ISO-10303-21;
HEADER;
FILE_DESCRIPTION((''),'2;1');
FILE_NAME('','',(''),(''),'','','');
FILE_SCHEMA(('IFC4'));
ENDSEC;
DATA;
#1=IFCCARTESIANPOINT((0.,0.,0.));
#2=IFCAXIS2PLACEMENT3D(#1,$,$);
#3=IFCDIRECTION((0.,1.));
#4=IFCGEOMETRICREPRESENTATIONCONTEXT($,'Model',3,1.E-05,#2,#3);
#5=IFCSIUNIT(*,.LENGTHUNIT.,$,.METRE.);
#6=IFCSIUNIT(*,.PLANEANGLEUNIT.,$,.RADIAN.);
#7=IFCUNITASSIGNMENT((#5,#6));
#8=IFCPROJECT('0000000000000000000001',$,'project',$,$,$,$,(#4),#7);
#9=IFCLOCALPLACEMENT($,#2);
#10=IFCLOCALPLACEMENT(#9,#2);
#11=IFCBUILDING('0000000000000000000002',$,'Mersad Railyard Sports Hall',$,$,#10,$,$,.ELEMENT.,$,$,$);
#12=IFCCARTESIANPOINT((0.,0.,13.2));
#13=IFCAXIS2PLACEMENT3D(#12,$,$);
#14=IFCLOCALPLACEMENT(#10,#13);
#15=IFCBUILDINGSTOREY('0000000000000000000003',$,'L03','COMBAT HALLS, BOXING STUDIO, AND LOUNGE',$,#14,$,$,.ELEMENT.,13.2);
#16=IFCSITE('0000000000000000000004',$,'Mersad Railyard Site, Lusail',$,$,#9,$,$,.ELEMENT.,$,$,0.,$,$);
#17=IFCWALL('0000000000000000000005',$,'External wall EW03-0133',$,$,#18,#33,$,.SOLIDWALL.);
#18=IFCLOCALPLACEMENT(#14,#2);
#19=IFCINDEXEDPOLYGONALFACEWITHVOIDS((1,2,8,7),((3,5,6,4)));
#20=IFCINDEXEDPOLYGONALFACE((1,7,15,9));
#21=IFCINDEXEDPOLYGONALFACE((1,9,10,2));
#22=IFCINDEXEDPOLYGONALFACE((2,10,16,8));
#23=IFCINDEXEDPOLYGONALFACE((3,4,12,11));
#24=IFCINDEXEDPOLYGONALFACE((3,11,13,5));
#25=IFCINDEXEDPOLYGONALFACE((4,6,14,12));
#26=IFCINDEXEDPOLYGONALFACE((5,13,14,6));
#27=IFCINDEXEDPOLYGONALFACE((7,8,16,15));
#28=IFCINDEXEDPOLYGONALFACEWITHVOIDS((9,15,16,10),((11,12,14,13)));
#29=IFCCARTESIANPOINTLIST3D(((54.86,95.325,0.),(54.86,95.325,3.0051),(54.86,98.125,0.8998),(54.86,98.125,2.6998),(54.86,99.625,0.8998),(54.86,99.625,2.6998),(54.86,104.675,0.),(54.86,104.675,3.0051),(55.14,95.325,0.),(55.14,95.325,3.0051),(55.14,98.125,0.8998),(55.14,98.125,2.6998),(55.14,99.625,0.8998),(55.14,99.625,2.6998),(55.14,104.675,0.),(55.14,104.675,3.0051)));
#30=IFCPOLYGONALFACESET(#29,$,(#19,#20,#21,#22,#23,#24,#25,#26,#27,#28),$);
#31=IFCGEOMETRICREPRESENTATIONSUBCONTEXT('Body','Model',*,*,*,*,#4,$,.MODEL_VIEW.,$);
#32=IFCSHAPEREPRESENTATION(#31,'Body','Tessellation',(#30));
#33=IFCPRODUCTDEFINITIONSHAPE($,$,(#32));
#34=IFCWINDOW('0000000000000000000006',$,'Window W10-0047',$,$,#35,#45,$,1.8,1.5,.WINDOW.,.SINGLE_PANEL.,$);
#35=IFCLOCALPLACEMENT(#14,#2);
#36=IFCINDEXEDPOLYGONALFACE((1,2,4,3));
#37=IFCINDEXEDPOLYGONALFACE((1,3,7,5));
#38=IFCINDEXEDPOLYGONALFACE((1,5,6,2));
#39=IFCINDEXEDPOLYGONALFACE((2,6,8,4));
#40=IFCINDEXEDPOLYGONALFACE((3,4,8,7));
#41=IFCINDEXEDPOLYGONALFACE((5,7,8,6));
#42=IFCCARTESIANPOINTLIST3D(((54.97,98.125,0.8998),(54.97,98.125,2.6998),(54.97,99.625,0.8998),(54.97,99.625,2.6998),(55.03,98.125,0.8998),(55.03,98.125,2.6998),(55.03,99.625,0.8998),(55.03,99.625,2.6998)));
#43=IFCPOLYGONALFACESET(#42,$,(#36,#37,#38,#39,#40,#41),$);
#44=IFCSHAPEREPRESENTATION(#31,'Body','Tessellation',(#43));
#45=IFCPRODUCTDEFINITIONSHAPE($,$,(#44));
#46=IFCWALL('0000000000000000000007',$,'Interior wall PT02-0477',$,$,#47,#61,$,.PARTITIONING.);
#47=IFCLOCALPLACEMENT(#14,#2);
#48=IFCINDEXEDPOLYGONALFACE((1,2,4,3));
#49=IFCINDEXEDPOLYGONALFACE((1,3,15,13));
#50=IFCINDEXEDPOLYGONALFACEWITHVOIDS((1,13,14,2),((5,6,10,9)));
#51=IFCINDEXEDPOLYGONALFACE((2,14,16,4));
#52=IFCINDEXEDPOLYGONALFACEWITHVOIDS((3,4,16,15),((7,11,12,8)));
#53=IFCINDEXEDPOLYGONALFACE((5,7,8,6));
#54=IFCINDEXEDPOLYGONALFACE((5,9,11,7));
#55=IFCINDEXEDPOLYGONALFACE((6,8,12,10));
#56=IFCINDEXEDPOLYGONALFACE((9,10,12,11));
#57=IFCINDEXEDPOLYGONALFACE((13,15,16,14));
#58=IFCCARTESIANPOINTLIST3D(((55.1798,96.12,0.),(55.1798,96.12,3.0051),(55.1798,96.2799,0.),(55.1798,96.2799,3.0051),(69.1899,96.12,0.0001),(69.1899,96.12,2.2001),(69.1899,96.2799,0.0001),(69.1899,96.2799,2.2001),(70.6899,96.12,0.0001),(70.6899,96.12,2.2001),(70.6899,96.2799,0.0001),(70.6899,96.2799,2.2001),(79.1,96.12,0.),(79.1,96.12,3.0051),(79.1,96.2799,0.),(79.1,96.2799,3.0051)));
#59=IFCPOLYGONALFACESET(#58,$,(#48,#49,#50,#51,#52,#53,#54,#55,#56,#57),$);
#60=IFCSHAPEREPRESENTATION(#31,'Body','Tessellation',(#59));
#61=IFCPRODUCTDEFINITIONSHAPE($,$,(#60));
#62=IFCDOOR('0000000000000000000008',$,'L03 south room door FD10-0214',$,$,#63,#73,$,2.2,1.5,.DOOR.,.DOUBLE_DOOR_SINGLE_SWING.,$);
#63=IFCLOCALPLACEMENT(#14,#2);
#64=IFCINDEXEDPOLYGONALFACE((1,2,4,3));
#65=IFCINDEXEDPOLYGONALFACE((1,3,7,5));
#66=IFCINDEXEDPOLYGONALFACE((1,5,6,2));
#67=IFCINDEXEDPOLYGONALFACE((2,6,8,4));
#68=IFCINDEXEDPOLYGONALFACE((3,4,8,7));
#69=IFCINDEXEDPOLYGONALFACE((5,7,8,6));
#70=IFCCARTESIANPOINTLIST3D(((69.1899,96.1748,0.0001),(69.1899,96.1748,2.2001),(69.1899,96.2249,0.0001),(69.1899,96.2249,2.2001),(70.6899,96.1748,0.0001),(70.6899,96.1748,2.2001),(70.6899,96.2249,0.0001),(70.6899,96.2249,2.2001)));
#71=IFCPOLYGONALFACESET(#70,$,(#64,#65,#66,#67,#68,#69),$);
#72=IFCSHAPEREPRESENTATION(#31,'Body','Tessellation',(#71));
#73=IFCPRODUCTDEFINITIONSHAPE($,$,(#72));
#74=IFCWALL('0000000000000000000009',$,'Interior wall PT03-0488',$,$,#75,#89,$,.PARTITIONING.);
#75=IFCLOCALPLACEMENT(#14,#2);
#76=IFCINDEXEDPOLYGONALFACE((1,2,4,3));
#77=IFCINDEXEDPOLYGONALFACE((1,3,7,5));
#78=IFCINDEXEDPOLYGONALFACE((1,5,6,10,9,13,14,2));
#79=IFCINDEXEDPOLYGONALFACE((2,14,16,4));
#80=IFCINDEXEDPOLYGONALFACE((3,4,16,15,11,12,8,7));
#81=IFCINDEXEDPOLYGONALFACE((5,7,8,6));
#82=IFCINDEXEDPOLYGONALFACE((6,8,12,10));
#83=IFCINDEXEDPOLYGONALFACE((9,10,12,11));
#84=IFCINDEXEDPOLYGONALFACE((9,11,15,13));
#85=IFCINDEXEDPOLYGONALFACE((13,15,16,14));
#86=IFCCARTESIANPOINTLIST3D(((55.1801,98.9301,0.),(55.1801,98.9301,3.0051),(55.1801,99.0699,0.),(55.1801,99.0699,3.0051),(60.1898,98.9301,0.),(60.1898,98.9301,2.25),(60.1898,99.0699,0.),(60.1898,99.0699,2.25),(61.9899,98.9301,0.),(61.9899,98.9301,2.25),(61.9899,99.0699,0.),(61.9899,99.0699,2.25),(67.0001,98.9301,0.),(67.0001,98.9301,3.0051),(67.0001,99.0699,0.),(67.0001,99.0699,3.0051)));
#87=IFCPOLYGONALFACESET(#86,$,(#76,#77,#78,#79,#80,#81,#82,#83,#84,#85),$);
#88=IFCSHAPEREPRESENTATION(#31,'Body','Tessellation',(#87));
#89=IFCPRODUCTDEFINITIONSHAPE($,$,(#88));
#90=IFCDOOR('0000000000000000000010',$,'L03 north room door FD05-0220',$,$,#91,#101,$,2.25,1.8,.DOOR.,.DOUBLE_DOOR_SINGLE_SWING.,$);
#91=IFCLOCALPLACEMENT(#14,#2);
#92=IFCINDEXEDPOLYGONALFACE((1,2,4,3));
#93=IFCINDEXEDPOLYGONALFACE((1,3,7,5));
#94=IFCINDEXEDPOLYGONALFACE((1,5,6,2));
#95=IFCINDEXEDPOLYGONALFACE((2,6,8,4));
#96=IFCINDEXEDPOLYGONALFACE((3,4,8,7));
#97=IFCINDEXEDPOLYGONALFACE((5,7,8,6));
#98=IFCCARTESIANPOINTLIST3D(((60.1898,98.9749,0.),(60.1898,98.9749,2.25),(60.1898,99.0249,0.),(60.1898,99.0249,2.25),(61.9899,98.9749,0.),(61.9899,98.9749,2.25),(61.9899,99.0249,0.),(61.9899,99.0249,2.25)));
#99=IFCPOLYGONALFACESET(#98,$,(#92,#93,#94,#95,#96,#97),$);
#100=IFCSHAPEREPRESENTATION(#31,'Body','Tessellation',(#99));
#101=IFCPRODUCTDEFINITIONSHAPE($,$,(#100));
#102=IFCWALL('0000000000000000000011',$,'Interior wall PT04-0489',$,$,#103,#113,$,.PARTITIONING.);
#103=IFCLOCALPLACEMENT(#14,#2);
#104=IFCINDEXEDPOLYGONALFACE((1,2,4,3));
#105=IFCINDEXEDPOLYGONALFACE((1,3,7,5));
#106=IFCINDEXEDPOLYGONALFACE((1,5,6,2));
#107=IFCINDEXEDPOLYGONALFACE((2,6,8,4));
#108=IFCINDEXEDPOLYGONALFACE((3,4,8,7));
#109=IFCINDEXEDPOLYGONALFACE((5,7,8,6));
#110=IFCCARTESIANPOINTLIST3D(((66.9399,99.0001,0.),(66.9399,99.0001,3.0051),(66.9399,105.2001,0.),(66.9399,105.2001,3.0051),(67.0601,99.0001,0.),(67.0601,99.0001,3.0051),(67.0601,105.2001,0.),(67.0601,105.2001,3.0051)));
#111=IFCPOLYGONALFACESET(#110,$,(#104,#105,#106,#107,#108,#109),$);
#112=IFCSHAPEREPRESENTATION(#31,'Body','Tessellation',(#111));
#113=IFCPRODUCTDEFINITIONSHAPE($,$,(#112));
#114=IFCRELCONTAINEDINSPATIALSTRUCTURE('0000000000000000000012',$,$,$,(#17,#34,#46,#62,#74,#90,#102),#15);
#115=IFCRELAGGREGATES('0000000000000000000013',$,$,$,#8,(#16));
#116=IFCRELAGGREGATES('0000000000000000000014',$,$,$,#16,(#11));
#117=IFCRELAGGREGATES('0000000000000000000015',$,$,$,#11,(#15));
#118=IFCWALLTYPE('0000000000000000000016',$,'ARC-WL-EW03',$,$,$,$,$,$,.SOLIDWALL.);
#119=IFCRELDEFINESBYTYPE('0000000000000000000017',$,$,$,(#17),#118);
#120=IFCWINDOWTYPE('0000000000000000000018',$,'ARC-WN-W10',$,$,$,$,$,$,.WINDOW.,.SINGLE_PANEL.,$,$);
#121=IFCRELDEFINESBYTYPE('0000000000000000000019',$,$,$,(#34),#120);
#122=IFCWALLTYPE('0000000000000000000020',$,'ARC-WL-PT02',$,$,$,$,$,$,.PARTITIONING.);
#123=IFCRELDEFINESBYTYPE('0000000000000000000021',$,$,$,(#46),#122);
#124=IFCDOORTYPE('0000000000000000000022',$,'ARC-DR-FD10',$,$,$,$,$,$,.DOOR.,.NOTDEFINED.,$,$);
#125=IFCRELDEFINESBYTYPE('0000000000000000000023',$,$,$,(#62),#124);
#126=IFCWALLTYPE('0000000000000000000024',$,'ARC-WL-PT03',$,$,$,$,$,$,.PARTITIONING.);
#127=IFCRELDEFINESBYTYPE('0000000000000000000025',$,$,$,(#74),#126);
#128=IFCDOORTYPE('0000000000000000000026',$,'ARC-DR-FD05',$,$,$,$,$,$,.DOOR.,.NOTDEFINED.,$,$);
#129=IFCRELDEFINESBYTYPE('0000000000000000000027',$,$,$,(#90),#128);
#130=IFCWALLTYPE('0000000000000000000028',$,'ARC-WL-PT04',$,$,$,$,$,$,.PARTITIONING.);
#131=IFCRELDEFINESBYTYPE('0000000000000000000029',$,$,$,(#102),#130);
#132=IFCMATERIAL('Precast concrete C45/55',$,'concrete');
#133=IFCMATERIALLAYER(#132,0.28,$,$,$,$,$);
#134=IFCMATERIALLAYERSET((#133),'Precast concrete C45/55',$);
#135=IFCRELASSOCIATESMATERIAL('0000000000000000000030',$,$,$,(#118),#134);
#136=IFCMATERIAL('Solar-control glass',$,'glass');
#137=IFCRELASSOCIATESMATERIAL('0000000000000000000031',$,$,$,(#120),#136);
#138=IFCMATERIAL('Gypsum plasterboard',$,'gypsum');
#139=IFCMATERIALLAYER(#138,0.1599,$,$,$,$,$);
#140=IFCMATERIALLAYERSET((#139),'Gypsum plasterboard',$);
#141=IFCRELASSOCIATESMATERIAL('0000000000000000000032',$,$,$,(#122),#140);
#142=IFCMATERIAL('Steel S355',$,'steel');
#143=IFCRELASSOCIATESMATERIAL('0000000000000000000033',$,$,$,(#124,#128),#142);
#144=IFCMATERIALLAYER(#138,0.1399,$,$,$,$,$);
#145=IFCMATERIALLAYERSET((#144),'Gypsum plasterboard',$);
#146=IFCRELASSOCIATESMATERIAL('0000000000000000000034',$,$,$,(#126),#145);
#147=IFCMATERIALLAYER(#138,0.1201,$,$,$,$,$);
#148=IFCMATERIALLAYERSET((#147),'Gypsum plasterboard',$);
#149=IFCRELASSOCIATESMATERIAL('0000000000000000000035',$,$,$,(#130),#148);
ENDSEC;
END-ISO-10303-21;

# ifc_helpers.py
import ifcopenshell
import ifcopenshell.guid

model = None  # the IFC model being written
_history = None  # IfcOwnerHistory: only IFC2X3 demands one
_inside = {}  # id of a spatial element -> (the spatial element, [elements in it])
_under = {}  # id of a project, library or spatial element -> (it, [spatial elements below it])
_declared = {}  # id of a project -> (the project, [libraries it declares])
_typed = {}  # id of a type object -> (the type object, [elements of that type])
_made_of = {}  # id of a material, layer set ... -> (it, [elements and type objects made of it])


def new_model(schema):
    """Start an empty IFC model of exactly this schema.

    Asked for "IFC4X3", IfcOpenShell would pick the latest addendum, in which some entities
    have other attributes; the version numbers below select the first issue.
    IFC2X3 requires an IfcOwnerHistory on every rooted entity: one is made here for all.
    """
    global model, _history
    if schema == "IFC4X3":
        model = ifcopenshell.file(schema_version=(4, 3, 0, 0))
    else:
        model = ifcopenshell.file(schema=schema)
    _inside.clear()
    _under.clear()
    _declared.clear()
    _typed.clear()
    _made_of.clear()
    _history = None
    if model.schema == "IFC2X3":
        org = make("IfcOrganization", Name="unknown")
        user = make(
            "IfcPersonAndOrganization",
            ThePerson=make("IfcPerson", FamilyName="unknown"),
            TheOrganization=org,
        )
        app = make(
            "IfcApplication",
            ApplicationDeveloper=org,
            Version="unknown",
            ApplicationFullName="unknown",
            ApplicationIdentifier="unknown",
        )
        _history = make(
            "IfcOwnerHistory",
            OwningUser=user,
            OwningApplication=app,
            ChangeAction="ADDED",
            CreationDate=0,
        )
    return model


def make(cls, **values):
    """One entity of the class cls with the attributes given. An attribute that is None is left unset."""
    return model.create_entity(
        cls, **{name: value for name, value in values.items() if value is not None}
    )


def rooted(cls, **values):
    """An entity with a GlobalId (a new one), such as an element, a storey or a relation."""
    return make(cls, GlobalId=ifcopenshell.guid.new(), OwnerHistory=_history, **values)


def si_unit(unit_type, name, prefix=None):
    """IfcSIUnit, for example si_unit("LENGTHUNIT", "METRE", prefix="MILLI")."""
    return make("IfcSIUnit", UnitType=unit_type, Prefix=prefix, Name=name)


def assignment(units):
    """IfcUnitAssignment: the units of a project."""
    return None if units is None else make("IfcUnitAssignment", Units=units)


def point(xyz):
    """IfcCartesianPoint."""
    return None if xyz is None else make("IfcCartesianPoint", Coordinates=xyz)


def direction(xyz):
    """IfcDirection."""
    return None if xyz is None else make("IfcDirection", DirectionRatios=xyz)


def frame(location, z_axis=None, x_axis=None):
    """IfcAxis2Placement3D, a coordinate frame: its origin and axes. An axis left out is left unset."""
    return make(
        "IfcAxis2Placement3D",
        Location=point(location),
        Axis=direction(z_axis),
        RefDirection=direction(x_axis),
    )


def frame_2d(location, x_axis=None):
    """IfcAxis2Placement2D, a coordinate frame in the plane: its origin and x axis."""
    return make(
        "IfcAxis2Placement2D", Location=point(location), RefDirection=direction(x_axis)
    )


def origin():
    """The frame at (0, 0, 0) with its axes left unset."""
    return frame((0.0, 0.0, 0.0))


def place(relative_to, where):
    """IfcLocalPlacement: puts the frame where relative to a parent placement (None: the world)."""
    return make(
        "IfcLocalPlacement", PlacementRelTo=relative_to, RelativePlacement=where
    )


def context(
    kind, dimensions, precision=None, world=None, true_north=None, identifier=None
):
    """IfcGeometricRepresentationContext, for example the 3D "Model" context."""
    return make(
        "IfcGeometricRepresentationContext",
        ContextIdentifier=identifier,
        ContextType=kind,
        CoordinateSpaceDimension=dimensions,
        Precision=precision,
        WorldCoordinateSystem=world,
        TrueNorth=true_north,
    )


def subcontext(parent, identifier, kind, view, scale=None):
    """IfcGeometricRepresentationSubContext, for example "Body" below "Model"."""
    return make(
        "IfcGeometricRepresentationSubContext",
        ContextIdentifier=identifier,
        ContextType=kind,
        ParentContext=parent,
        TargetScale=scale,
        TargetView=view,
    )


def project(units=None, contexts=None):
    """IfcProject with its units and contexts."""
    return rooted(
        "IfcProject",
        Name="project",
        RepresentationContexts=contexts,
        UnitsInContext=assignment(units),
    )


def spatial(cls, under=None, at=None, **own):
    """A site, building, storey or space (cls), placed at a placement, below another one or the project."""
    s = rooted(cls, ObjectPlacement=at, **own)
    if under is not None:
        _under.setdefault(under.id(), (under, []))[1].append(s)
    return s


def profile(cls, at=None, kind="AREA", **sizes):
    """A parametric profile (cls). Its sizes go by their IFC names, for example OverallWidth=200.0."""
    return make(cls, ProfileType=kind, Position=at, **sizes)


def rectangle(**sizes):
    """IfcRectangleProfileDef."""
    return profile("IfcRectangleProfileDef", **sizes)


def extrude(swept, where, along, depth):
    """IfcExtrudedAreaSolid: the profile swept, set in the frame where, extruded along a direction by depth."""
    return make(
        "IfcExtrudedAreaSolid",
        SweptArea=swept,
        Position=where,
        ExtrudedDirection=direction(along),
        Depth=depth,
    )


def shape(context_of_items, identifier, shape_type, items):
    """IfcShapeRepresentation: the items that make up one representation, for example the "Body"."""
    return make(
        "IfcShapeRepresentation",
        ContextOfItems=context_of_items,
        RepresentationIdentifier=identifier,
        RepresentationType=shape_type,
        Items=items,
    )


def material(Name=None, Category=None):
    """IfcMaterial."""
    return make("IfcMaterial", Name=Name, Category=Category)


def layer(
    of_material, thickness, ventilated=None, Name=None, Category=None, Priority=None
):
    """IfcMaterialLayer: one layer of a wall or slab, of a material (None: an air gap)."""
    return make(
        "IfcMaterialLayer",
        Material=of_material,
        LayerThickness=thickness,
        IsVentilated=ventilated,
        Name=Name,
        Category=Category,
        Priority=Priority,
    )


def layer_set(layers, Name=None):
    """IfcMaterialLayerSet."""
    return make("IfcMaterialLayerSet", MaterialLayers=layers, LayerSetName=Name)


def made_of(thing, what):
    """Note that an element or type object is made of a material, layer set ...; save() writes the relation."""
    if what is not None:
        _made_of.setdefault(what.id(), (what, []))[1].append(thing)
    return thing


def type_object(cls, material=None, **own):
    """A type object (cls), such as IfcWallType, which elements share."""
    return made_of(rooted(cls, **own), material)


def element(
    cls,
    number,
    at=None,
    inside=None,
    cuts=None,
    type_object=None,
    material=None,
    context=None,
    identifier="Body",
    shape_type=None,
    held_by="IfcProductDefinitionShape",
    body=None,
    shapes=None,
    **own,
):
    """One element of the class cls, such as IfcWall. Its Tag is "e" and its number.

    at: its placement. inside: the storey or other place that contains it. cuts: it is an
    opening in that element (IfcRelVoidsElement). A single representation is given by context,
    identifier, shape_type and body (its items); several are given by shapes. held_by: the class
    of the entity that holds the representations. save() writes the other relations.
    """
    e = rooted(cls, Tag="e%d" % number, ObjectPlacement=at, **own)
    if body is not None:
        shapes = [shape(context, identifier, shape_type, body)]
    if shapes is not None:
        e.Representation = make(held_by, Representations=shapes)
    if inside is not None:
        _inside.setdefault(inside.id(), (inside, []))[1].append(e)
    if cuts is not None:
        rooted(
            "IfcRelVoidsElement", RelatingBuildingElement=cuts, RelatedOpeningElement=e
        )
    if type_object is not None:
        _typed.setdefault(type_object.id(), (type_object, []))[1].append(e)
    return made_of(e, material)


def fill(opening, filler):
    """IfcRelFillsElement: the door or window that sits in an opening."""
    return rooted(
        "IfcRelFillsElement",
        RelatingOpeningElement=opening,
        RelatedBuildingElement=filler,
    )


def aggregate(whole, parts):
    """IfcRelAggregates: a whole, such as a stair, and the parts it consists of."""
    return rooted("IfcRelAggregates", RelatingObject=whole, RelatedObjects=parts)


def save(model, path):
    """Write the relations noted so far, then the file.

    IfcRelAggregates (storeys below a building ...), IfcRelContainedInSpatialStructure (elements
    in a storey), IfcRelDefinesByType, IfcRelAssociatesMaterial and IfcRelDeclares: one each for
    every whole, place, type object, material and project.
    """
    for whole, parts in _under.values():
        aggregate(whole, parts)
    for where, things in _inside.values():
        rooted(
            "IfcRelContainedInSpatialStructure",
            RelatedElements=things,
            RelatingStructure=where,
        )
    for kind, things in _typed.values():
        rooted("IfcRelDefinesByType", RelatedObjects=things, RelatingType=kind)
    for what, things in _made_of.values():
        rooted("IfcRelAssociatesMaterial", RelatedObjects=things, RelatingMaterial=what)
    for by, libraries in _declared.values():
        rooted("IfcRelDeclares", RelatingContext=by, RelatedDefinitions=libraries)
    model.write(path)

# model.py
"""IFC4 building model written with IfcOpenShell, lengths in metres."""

from ifc_helpers import new_model, si_unit, direction, frame, frame_2d, origin, place, context, subcontext, project, spatial, rectangle, extrude, material, layer, layer_set, type_object, element, fill, save


model = new_model("IFC4")

# Units and contexts
model_context = context("Model", 3, precision=1e-05, world=origin(), true_north=direction((0.0, 1.0)))
body_context = subcontext(model_context, "Body", "Model", "MODEL_VIEW")
ifc_project = project(units=[si_unit("LENGTHUNIT", "METRE"), si_unit("PLANEANGLEUNIT", "RADIAN")], contexts=[model_context])

# Site, building, storey
site_placement = place(None, origin())
site = spatial("IfcSite", under=ifc_project, at=site_placement, Name="Mersad Railyard Site, Lusail", CompositionType="ELEMENT", RefElevation=0.0)
building_placement = place(site_placement, origin())
building = spatial("IfcBuilding", under=site, at=building_placement, Name="Mersad Railyard Sports Hall", CompositionType="ELEMENT")
storey_placement = place(building_placement, frame((0.0, 0.0, 13.2)))
storey = spatial("IfcBuildingStorey", under=building, at=storey_placement, Name="L03", Description="COMBAT HALLS, BOXING STUDIO, AND LOUNGE", CompositionType="ELEMENT", Elevation=13.2)

# Shared definitions
ifc_material_1 = material(Name="Steel S355", Category="steel")

# Shared definitions
ifc_material_2 = material(Name="Precast concrete C45/55", Category="concrete")
ifc_layer_1 = layer(ifc_material_2, 0.28)
ifc_layer_set_1 = layer_set([ifc_layer_1], Name="Precast concrete C45/55")
wall_type_1 = type_object("IfcWallType", Name="ARC-WL-EW03", PredefinedType="SOLIDWALL", material=ifc_layer_set_1)

# Wall, opening, window
wall_1_placement = place(storey_placement, frame((55.0, 95.325, 0.0), z_axis=(0.0, 0.0, 1.0), x_axis=(0.0, 1.0, 0.0)))
wall_1 = element("IfcWall", 1, at=wall_1_placement, inside=storey, type_object=wall_type_1, Name="External wall EW03-0133", PredefinedType="SOLIDWALL", context=body_context, shape_type="SweptSolid", body=[
    extrude(rectangle(XDim=9.3501, YDim=0.28, at=frame_2d((4.675, 0.0))), origin(), (0.0, 0.0, 1.0), 3.0051),
])
opening_1_placement = place(wall_1_placement, frame((2.8, 0.0, 0.8999)))
opening_1 = element("IfcOpeningElement", 2, at=opening_1_placement, cuts=wall_1, PredefinedType="OPENING", context=body_context, shape_type="SweptSolid", body=[
    extrude(rectangle(XDim=1.5, YDim=1.8, at=frame_2d((0.75, 0.8999))), frame((0.0, 0.1499, 0.0), z_axis=(0.0, -1.0, 0.0), x_axis=(1.0, 0.0, 0.0)), (0.0, 0.0, 1.0), 0.3),
])
ifc_material_3 = material(Name="Solar-control glass", Category="glass")
window_type = type_object("IfcWindowType", Name="ARC-WN-W10", PartitioningType="SINGLE_PANEL", PredefinedType="WINDOW", material=ifc_material_3)
window_placement = place(opening_1_placement, origin())
window = element("IfcWindow", 3, at=window_placement, inside=storey, type_object=window_type, Name="Window W10-0047", OverallHeight=1.8, OverallWidth=1.5, PartitioningType="SINGLE_PANEL", PredefinedType="WINDOW", context=body_context, shape_type="SweptSolid", body=[
    extrude(rectangle(XDim=1.5, YDim=1.8, at=frame_2d((0.75, 0.8999))), frame((0.0, 0.03, 0.0), z_axis=(0.0, -1.0, 0.0), x_axis=(1.0, 0.0, 0.0)), (0.0, 0.0, 1.0), 0.0601),
])
fill(opening_1, window)

# Walls, openings, doors
ifc_material_4 = material(Name="Gypsum plasterboard", Category="gypsum")
ifc_layer_2 = layer(ifc_material_4, 0.1599)
ifc_layer_set_2 = layer_set([ifc_layer_2], Name="Gypsum plasterboard")
wall_type_2 = type_object("IfcWallType", Name="ARC-WL-PT02", PredefinedType="PARTITIONING", material=ifc_layer_set_2)
wall_2_placement = place(storey_placement, frame((55.1799, 96.2, 0.0), z_axis=(0.0, 0.0, 1.0), x_axis=(1.0, 0.0, 0.0)))
wall_2 = element("IfcWall", 4, at=wall_2_placement, inside=storey, type_object=wall_type_2, Name="Interior wall PT02-0477", PredefinedType="PARTITIONING", context=body_context, shape_type="SweptSolid", body=[
    extrude(rectangle(XDim=23.9202, YDim=0.1599, at=frame_2d((11.96, 0.0))), origin(), (0.0, 0.0, 1.0), 3.0051),
])
opening_2_placement = place(wall_2_placement, frame((14.01, 0.0, 0.0)))
opening_2 = element("IfcOpeningElement", 5, at=opening_2_placement, cuts=wall_2, PredefinedType="OPENING", context=body_context, shape_type="SweptSolid", body=[
    extrude(rectangle(XDim=1.5, YDim=2.2, at=frame_2d((0.75, 1.1001))), frame((0.0, 0.0898, 0.0), z_axis=(0.0, -1.0, 0.0), x_axis=(1.0, 0.0, 0.0)), (0.0, 0.0, 1.0), 0.1799),
])
door_type_1 = type_object("IfcDoorType", Name="ARC-DR-FD10", OperationType="NOTDEFINED", PredefinedType="DOOR", material=ifc_material_1)
door_1_placement = place(opening_2_placement, origin())
door_1 = element("IfcDoor", 6, at=door_1_placement, inside=storey, type_object=door_type_1, Name="L03 south room door FD10-0214", OperationType="DOUBLE_DOOR_SINGLE_SWING", OverallHeight=2.2, OverallWidth=1.5, PredefinedType="DOOR", context=body_context, shape_type="SweptSolid", body=[
    extrude(rectangle(XDim=1.5, YDim=2.2, at=frame_2d((0.75, 1.1001))), frame((0.0, 0.0249, 0.0), z_axis=(0.0, -1.0, 0.0), x_axis=(1.0, 0.0, 0.0)), (0.0, 0.0, 1.0), 0.05),
])
fill(opening_2, door_1)
ifc_layer_3 = layer(ifc_material_4, 0.1399)
ifc_layer_set_3 = layer_set([ifc_layer_3], Name="Gypsum plasterboard")
wall_type_3 = type_object("IfcWallType", Name="ARC-WL-PT03", PredefinedType="PARTITIONING", material=ifc_layer_set_3)
wall_3_placement = place(storey_placement, frame((55.1799, 99.0, 0.0), z_axis=(0.0, 0.0, 1.0), x_axis=(1.0, 0.0, 0.0)))
wall_3 = element("IfcWall", 7, at=wall_3_placement, inside=storey, type_object=wall_type_3, Name="Interior wall PT03-0488", PredefinedType="PARTITIONING", context=body_context, shape_type="SweptSolid", body=[
    extrude(rectangle(XDim=11.8201, YDim=0.1399, at=frame_2d((5.9102, 0.0))), origin(), (0.0, 0.0, 1.0), 3.0051),
])
opening_3_placement = place(wall_3_placement, frame((5.01, 0.0, 0.0)))
opening_3 = element("IfcOpeningElement", 8, at=opening_3_placement, cuts=wall_3, PredefinedType="OPENING", context=body_context, shape_type="SweptSolid", body=[
    extrude(rectangle(XDim=1.8, YDim=2.25, at=frame_2d((0.8999, 1.125))), frame((0.0, 0.0798, 0.0), z_axis=(0.0, -1.0, 0.0), x_axis=(1.0, 0.0, 0.0)), (0.0, 0.0, 1.0), 0.1599),
])
door_type_2 = type_object("IfcDoorType", Name="ARC-DR-FD05", OperationType="NOTDEFINED", PredefinedType="DOOR", material=ifc_material_1)
door_2_placement = place(opening_3_placement, origin())
door_2 = element("IfcDoor", 9, at=door_2_placement, inside=storey, type_object=door_type_2, Name="L03 north room door FD05-0220", OperationType="DOUBLE_DOOR_SINGLE_SWING", OverallHeight=2.25, OverallWidth=1.8, PredefinedType="DOOR", context=body_context, shape_type="SweptSolid", body=[
    extrude(rectangle(XDim=1.8, YDim=2.25, at=frame_2d((0.8999, 1.125))), frame((0.0, 0.0249, 0.0), z_axis=(0.0, -1.0, 0.0), x_axis=(1.0, 0.0, 0.0)), (0.0, 0.0, 1.0), 0.05),
])
fill(opening_3, door_2)

# Wall
ifc_layer_4 = layer(ifc_material_4, 0.1201)
ifc_layer_set_4 = layer_set([ifc_layer_4], Name="Gypsum plasterboard")
wall_type_4 = type_object("IfcWallType", Name="ARC-WL-PT04", PredefinedType="PARTITIONING", material=ifc_layer_set_4)
wall_4_placement = place(storey_placement, frame((67.0, 99.0, 0.0), z_axis=(0.0, 0.0, 1.0), x_axis=(0.0, 1.0, 0.0)))
element("IfcWall", 10, at=wall_4_placement, inside=storey, type_object=wall_type_4, Name="Interior wall PT04-0489", PredefinedType="PARTITIONING", context=body_context, shape_type="SweptSolid", body=[
    extrude(rectangle(XDim=6.2, YDim=0.1201, at=frame_2d((3.1001, 0.0))), origin(), (0.0, 0.0, 1.0), 3.0051),
])

save(model, "model.ifc")
